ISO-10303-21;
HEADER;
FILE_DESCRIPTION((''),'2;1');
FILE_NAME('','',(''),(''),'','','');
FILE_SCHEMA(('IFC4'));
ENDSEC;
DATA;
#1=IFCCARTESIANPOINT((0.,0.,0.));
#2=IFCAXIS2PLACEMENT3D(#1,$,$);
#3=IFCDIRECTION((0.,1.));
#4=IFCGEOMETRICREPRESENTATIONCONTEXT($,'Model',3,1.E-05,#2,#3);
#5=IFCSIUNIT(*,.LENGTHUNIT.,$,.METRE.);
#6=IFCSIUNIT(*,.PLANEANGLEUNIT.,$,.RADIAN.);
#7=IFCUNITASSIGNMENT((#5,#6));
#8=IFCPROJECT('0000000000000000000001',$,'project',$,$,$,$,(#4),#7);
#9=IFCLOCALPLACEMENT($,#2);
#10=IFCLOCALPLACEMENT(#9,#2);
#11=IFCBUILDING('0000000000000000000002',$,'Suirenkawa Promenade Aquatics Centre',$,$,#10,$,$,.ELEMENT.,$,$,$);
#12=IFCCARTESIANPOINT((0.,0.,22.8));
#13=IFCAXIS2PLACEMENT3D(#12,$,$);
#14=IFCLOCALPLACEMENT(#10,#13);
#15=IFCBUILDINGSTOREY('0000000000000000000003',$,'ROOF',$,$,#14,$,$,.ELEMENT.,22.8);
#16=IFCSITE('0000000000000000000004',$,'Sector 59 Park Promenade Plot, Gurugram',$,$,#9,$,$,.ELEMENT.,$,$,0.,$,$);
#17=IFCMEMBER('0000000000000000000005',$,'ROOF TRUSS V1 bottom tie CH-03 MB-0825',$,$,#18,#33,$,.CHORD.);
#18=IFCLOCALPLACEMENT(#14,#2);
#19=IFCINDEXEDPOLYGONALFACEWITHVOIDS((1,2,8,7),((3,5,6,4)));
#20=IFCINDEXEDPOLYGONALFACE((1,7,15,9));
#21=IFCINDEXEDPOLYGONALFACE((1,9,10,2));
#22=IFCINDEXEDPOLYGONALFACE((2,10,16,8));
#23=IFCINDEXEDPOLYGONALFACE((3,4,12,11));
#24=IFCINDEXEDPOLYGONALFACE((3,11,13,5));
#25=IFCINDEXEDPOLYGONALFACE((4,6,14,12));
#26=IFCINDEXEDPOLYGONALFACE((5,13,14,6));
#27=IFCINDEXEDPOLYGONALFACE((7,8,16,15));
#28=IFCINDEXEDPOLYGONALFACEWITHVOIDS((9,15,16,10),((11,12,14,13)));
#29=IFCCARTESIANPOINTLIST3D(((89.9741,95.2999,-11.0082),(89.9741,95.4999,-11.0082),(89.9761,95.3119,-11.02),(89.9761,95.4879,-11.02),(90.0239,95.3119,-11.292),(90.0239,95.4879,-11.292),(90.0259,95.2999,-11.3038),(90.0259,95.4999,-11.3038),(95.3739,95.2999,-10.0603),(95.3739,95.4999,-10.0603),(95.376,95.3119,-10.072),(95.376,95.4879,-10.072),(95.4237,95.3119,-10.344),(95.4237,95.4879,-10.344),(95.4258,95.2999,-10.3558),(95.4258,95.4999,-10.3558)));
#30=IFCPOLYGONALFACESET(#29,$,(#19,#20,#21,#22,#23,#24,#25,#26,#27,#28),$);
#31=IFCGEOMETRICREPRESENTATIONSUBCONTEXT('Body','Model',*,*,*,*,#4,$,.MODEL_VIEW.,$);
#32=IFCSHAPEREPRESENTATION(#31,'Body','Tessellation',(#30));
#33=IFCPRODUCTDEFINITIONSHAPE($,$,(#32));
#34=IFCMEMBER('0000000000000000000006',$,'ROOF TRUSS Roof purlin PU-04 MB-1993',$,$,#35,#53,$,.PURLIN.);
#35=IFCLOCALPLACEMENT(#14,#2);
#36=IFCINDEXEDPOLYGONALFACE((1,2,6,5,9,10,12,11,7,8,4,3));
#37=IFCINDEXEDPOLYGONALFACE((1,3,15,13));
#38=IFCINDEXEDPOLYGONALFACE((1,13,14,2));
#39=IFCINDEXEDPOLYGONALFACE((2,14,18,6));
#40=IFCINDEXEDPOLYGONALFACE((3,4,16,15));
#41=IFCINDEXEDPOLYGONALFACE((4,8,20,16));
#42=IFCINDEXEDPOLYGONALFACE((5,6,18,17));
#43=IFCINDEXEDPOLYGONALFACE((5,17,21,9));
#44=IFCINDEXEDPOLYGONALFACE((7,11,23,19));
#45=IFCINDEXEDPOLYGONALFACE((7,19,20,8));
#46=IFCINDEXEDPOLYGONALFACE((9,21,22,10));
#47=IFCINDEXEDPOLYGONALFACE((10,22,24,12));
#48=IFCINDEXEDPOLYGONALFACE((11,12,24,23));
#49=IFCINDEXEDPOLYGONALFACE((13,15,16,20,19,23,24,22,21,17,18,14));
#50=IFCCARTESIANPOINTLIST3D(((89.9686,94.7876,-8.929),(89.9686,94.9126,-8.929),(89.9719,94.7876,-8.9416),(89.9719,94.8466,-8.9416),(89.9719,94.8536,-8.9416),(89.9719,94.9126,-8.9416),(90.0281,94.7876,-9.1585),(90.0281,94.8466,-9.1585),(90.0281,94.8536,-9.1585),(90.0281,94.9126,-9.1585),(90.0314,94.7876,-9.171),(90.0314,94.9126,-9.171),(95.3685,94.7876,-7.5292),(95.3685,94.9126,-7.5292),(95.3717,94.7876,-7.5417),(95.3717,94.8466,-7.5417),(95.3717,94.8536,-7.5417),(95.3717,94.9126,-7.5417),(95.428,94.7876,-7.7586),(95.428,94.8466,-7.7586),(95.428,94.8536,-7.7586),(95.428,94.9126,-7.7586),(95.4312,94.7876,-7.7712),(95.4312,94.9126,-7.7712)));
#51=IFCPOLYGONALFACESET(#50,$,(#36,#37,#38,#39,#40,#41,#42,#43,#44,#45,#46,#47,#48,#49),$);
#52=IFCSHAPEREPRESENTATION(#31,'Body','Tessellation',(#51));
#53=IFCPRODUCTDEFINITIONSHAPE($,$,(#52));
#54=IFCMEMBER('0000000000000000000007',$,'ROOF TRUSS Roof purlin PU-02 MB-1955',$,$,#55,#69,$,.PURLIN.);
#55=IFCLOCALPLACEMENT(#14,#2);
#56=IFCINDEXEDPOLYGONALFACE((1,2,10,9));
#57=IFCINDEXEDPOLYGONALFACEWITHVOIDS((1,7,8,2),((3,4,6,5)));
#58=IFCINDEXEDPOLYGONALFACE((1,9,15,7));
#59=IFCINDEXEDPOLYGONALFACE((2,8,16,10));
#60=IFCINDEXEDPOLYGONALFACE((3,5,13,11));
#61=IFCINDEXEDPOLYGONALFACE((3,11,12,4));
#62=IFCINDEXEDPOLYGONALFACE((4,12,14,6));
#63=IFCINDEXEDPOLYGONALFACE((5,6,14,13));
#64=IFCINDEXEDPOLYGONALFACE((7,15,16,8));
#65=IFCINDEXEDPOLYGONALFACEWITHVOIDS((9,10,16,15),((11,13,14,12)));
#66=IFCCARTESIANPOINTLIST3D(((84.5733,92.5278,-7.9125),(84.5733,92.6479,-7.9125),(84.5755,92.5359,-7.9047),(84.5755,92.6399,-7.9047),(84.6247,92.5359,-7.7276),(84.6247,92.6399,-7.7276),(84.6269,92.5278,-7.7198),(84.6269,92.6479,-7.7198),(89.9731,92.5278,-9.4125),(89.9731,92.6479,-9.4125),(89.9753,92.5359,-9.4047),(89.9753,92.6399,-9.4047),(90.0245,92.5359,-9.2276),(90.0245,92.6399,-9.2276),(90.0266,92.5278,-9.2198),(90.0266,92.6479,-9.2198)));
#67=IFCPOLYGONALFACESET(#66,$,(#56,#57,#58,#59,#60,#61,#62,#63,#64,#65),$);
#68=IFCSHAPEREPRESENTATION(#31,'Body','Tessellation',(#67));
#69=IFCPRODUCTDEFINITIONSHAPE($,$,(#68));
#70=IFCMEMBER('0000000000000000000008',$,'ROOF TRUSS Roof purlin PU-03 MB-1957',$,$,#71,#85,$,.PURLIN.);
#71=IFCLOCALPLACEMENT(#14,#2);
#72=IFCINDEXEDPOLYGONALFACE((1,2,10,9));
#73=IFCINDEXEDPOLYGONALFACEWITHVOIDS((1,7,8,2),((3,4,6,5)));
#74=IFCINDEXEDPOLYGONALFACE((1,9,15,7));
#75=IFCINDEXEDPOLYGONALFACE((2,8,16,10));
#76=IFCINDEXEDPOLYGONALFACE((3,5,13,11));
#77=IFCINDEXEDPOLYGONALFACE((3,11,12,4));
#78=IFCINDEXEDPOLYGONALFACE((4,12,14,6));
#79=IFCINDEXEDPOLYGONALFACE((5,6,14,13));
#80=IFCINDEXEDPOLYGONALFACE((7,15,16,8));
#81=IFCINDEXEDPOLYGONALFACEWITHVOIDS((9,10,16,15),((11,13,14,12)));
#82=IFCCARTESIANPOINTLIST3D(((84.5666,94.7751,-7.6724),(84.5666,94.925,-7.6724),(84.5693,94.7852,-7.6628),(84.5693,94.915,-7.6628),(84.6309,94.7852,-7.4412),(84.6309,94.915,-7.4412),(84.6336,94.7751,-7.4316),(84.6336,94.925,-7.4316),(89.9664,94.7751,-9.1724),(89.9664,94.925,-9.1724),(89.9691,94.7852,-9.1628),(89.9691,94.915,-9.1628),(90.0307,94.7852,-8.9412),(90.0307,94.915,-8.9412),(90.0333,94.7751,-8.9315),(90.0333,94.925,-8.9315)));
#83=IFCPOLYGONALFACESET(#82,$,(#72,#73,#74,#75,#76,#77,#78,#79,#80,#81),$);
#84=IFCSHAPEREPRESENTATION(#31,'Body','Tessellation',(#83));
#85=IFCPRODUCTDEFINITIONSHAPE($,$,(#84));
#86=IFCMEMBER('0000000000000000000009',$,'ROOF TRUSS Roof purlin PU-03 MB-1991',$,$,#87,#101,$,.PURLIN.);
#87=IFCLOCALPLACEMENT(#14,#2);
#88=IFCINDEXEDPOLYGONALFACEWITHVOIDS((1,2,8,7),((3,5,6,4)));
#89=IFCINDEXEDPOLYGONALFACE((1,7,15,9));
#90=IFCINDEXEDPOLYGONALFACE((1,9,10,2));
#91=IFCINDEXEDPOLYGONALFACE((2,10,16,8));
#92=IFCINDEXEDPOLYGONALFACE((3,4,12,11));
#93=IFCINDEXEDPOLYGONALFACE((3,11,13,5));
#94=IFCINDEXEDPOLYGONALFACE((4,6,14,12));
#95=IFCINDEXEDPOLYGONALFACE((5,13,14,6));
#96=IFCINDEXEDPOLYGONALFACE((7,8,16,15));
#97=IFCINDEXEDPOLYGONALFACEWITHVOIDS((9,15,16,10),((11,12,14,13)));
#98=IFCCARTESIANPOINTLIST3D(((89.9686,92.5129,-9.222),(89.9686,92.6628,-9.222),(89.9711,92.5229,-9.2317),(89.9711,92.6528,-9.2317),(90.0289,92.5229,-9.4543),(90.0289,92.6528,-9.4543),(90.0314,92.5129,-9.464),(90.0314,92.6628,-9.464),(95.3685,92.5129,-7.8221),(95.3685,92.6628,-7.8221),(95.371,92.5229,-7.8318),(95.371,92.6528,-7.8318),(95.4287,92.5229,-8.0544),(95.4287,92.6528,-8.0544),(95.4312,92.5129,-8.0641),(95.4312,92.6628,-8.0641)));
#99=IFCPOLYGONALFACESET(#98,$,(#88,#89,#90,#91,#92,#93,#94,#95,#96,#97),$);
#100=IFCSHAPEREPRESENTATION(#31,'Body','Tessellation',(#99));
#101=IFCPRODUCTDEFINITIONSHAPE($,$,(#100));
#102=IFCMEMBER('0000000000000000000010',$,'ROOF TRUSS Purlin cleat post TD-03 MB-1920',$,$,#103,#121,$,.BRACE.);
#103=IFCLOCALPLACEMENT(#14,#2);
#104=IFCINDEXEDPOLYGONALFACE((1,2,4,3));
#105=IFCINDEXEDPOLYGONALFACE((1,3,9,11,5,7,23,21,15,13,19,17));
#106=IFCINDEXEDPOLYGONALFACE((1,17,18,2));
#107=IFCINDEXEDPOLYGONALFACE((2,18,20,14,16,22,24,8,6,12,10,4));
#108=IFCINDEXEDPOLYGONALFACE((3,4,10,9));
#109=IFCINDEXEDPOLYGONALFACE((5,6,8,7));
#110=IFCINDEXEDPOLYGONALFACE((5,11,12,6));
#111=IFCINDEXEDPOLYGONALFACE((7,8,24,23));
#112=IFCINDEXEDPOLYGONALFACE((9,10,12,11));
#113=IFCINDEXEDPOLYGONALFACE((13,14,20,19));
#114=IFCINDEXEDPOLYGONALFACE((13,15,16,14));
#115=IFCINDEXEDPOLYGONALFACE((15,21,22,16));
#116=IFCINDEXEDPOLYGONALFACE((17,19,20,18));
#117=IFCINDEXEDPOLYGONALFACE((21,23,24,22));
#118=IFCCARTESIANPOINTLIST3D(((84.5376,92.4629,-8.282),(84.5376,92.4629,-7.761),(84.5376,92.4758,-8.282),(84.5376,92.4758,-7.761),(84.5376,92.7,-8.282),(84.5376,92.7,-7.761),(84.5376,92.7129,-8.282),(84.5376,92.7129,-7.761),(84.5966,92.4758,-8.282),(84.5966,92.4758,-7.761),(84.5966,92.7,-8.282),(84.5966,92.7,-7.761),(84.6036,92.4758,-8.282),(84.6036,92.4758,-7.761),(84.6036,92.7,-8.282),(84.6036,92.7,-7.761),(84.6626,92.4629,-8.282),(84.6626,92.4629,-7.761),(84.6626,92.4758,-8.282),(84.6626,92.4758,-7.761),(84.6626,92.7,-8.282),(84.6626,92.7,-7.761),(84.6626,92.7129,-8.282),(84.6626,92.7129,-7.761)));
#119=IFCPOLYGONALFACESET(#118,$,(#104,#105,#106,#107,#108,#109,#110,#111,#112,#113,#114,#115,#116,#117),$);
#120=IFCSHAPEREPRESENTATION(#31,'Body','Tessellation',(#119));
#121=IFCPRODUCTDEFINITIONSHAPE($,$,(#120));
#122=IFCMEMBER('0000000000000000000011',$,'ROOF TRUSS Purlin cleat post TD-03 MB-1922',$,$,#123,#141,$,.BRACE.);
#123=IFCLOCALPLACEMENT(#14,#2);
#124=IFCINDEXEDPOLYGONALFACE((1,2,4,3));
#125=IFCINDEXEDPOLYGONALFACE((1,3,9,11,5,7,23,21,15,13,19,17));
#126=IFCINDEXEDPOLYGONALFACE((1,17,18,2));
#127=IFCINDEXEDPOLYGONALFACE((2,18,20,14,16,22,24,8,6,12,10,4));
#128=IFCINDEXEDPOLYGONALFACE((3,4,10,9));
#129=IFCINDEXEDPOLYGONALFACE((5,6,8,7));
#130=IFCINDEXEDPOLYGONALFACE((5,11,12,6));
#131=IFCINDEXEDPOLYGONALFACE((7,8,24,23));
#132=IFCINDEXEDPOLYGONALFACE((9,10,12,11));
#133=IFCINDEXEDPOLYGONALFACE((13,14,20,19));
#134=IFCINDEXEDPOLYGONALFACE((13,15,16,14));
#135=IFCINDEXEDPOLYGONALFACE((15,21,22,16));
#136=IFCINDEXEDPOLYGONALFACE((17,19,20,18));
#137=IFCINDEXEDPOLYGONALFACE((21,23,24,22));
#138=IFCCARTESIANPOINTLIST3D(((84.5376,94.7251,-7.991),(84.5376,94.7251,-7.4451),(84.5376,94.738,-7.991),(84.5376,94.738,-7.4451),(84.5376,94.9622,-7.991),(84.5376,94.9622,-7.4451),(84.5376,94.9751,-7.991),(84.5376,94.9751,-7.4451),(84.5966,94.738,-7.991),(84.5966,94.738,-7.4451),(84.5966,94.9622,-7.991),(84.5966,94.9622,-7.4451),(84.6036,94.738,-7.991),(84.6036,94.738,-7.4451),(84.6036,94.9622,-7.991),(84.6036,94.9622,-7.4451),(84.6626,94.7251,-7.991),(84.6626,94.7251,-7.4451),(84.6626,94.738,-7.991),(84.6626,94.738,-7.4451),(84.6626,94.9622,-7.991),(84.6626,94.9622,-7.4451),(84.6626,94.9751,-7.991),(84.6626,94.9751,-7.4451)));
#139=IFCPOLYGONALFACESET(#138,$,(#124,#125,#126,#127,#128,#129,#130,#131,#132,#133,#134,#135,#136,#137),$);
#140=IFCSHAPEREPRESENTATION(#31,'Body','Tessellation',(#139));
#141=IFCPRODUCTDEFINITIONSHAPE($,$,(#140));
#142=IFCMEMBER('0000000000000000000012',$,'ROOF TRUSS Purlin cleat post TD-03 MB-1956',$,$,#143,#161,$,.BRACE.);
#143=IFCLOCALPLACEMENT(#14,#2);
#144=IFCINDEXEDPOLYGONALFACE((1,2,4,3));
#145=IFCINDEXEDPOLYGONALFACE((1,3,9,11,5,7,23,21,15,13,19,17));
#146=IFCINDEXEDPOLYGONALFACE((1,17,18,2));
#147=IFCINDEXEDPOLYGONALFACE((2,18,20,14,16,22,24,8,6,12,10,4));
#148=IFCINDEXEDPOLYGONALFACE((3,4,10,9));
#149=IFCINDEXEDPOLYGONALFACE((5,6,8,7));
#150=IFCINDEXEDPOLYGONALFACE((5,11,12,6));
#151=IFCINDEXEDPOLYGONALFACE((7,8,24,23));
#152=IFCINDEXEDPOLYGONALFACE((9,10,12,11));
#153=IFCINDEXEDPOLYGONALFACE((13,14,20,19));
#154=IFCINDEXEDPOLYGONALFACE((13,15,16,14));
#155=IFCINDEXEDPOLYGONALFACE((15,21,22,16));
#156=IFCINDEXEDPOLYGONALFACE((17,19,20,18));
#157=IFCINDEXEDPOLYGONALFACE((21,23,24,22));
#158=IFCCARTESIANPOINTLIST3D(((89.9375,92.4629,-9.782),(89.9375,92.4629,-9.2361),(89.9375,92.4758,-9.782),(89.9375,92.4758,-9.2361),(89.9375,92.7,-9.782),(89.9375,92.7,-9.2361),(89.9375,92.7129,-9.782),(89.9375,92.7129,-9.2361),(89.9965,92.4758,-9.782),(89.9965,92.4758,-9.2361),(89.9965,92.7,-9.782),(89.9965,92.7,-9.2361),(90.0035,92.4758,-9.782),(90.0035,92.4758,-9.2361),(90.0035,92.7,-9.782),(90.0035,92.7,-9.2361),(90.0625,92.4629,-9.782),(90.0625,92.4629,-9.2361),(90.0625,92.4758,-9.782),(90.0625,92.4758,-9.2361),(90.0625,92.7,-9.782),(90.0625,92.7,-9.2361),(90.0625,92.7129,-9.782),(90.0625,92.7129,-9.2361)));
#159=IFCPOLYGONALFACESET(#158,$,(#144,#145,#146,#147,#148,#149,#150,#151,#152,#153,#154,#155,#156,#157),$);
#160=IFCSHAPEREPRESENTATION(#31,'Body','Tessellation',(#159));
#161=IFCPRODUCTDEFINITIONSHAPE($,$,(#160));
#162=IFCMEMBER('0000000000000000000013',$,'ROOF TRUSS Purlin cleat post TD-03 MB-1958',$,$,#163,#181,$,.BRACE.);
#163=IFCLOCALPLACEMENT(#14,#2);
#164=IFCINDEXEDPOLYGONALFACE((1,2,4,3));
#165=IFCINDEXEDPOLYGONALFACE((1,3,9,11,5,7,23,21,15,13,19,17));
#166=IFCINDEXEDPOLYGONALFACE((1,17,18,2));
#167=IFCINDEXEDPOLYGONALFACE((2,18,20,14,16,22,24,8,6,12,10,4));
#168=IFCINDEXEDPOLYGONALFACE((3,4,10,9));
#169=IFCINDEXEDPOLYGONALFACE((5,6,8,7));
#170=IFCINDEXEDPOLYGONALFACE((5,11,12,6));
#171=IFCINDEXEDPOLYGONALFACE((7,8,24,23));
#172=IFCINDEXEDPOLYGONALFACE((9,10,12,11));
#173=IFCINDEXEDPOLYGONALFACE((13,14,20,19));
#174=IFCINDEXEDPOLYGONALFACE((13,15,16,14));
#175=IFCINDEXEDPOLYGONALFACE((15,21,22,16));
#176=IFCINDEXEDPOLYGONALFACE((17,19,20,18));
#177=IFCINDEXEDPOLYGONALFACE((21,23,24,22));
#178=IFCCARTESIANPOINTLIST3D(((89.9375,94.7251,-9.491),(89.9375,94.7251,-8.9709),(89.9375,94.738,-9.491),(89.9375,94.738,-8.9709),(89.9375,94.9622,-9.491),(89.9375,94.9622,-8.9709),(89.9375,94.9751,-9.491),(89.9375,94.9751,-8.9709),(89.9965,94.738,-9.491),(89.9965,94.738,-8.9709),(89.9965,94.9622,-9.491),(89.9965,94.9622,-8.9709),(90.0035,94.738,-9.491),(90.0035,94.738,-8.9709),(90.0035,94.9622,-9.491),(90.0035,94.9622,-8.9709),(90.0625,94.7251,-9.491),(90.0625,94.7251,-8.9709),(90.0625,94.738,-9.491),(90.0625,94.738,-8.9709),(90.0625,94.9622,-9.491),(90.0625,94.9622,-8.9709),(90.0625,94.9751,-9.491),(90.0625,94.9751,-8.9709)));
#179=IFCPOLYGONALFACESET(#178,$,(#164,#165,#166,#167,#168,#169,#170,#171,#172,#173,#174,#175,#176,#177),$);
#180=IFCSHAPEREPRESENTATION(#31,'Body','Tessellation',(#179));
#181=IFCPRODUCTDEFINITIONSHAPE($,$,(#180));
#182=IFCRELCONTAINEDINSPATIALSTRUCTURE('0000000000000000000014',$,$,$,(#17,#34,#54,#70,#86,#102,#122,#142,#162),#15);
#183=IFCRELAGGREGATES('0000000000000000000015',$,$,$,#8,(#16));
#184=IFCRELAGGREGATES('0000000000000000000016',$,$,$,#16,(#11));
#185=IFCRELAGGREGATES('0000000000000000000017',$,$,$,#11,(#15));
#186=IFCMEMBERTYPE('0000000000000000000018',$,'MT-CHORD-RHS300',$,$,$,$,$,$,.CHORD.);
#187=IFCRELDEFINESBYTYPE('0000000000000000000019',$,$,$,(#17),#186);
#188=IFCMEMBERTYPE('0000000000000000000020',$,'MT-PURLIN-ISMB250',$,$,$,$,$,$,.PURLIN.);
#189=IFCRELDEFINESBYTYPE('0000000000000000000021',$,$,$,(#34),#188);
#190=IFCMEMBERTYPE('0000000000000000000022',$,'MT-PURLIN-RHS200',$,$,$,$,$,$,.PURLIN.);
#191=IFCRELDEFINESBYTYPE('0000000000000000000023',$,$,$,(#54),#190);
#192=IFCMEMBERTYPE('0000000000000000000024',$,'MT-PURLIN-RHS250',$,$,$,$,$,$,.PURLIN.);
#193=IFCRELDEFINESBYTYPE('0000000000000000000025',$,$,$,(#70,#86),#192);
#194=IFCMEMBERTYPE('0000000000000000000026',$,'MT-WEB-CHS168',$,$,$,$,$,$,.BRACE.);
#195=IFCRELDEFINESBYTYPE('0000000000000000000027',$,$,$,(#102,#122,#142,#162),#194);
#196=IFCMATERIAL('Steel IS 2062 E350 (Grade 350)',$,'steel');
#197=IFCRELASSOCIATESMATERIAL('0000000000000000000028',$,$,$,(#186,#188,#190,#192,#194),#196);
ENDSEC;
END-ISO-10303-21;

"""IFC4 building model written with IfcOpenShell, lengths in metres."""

from ifc_helpers import new_model, si_unit, direction, frame, origin, origin_2d, place, context, subcontext, project, spatial, hollow_rectangle, i_section, extrude, material, material_profile, profile_set, type_object, element, save


model = new_model("IFC4")

# Units and contexts
model_context = context("Model", 3, precision=1e-05, world=origin(), true_north=direction((0.0, 1.0)))
body_context = subcontext(model_context, "Body", "Model", "MODEL_VIEW")
ifc_project = project(units=[si_unit("LENGTHUNIT", "METRE"), si_unit("PLANEANGLEUNIT", "RADIAN")], contexts=[model_context])

# Site, building, storey
site_placement = place(None, origin())
site = spatial("IfcSite", under=ifc_project, at=site_placement, Name="Sector 59 Park Promenade Plot, Gurugram", CompositionType="ELEMENT", RefElevation=0.0)
building_placement = place(site_placement, origin())
building = spatial("IfcBuilding", under=site, at=building_placement, Name="Suirenkawa Promenade Aquatics Centre", CompositionType="ELEMENT")
storey_placement = place(building_placement, frame((0.0, 0.0, 22.8)))
storey = spatial("IfcBuildingStorey", under=building, at=storey_placement, Name="ROOF", CompositionType="ELEMENT", Elevation=22.8)

# Shared definitions
ifc_material_1 = material(Name="Steel IS 2062 E350 (Grade 350)", Category="steel")

# Members
ifc_material_profile_1 = material_profile(ifc_material_1, hollow_rectangle(XDim=0.2, YDim=0.3, WallThickness=0.012, at=origin_2d()), Name="RHS 300x200x12", Category="steel")
ifc_profile_set_1 = profile_set([ifc_material_profile_1], Name="Steel IS 2062 E350 (Grade 350)")
member_type_1 = type_object("IfcMemberType", Name="MT-CHORD-RHS300", PredefinedType="CHORD", material=ifc_profile_set_1)
member_1_placement = place(storey_placement, frame((90.0, 95.3999, -11.156), z_axis=(0.984937, 0.0, 0.172914), x_axis=(0.0, 1.0, 0.0)))
element("IfcMember", 1, at=member_1_placement, inside=storey, type_object=member_type_1, Name="ROOF TRUSS V1 bottom tie CH-03 MB-0825", PredefinedType="CHORD", context=body_context, shape_type="SweptSolid", body=[
    extrude(hollow_rectangle(XDim=0.2, YDim=0.3, WallThickness=0.012, at=origin_2d()), origin(), (0.0, 0.0, 1.0), 5.4824),
])
ifc_material_profile_2 = material_profile(ifc_material_1, i_section(OverallWidth=0.125, OverallDepth=0.25, WebThickness=0.0071, FlangeThickness=0.0129, at=origin_2d()), Name="ISMB 250", Category="steel")
ifc_profile_set_2 = profile_set([ifc_material_profile_2], Name="Steel IS 2062 E350 (Grade 350)")
member_type_2 = type_object("IfcMemberType", Name="MT-PURLIN-ISMB250", PredefinedType="PURLIN", material=ifc_profile_set_2)
member_2_placement = place(storey_placement, frame((90.0, 94.8501, -9.05), z_axis=(0.968, 0.0, 0.25095), x_axis=(0.0, 1.0, 0.0)))
element("IfcMember", 2, at=member_2_placement, inside=storey, type_object=member_type_2, Name="ROOF TRUSS Roof purlin PU-04 MB-1993", PredefinedType="PURLIN", context=body_context, shape_type="SweptSolid", body=[
    extrude(i_section(OverallWidth=0.125, OverallDepth=0.25, WebThickness=0.0071, FlangeThickness=0.0129, at=origin_2d()), origin(), (0.0, 0.0, 1.0), 5.5784),
])
ifc_material_profile_3 = material_profile(ifc_material_1, hollow_rectangle(XDim=0.1201, YDim=0.2, WallThickness=0.0081, at=origin_2d()), Name="RHS 200x120x8", Category="steel")
ifc_profile_set_3 = profile_set([ifc_material_profile_3], Name="Steel IS 2062 E350 (Grade 350)")
member_type_3 = type_object("IfcMemberType", Name="MT-PURLIN-RHS200", PredefinedType="PURLIN", material=ifc_profile_set_3)
member_3_placement = place(storey_placement, frame((84.6001, 92.5879, -7.8162), z_axis=(0.963517, 0.0, -0.267648), x_axis=(0.0, 1.0, 0.0)))
element("IfcMember", 3, at=member_3_placement, inside=storey, type_object=member_type_3, Name="ROOF TRUSS Roof purlin PU-02 MB-1955", PredefinedType="PURLIN", context=body_context, shape_type="SweptSolid", body=[
    extrude(hollow_rectangle(XDim=0.1201, YDim=0.2, WallThickness=0.0081, at=origin_2d()), origin(), (0.0, 0.0, 1.0), 5.6042),
])
ifc_material_profile_4 = material_profile(ifc_material_1, hollow_rectangle(XDim=0.1499, YDim=0.25, WallThickness=0.01, at=origin_2d()), Name="RHS 250x150x10", Category="steel")
ifc_profile_set_4 = profile_set([ifc_material_profile_4], Name="Steel IS 2062 E350 (Grade 350)")
member_type_4 = type_object("IfcMemberType", Name="MT-PURLIN-RHS250", PredefinedType="PURLIN", material=ifc_profile_set_4)
member_4_placement = place(storey_placement, frame((84.6001, 94.8501, -7.552), z_axis=(0.963517, 0.0, -0.267648), x_axis=(0.0, 1.0, 0.0)))
element("IfcMember", 4, at=member_4_placement, inside=storey, type_object=member_type_4, Name="ROOF TRUSS Roof purlin PU-03 MB-1957", PredefinedType="PURLIN", context=body_context, shape_type="SweptSolid", body=[
    extrude(hollow_rectangle(XDim=0.1499, YDim=0.25, WallThickness=0.01, at=origin_2d()), origin(), (0.0, 0.0, 1.0), 5.6042),
])
member_5_placement = place(storey_placement, frame((90.0, 92.5879, -9.343), z_axis=(0.968, 0.0, 0.25095), x_axis=(0.0, 1.0, 0.0)))
element("IfcMember", 5, at=member_5_placement, inside=storey, type_object=member_type_4, Name="ROOF TRUSS Roof purlin PU-03 MB-1991", PredefinedType="PURLIN", context=body_context, shape_type="SweptSolid", body=[
    extrude(hollow_rectangle(XDim=0.1499, YDim=0.25, WallThickness=0.01, at=origin_2d()), origin(), (0.0, 0.0, 1.0), 5.5784),
])
ifc_material_profile_5 = material_profile(ifc_material_1, i_section(OverallWidth=0.125, OverallDepth=0.25, WebThickness=0.0071, FlangeThickness=0.0129, at=origin_2d()), Name="ISMB 250", Category="steel")
ifc_profile_set_5 = profile_set([ifc_material_profile_5], Name="Steel IS 2062 E350 (Grade 350)")
member_type_5 = type_object("IfcMemberType", Name="MT-WEB-CHS168", PredefinedType="BRACE", material=ifc_profile_set_5)
member_6_placement = place(storey_placement, frame((84.6001, 92.5879, -8.282), z_axis=(0.0, 0.0, 1.0), x_axis=(1.0, 0.0, 0.0)))
element("IfcMember", 6, at=member_6_placement, inside=storey, type_object=member_type_5, Name="ROOF TRUSS Purlin cleat post TD-03 MB-1920", PredefinedType="BRACE", context=body_context, shape_type="SweptSolid", body=[
    extrude(i_section(OverallWidth=0.125, OverallDepth=0.25, WebThickness=0.0071, FlangeThickness=0.0129, at=origin_2d()), origin(), (0.0, 0.0, 1.0), 0.521),
])
for number, where, z_axis, x_axis, name in (
    (7, (84.6001, 94.8501, -7.991), (0.0, 0.0, 1.0), (1.0, 0.0, 0.0), "ROOF TRUSS Purlin cleat post TD-03 MB-1922"),
    (8, (90.0, 92.5879, -9.782), (0.0, 0.0, 1.0), (1.0, 0.0, 0.0), "ROOF TRUSS Purlin cleat post TD-03 MB-1956"),
):
    element("IfcMember", number, at=place(storey_placement, frame(where, z_axis=z_axis, x_axis=x_axis)), inside=storey, type_object=member_type_5, Name=name, PredefinedType="BRACE", context=body_context, shape_type="SweptSolid", body=[
        extrude(i_section(OverallWidth=0.125, OverallDepth=0.25, WebThickness=0.0071, FlangeThickness=0.0129, at=origin_2d()), origin(), (0.0, 0.0, 1.0), 0.5459),
    ])
member_7_placement = place(storey_placement, frame((90.0, 94.8501, -9.491), z_axis=(0.0, 0.0, 1.0), x_axis=(1.0, 0.0, 0.0)))
element("IfcMember", 9, at=member_7_placement, inside=storey, type_object=member_type_5, Name="ROOF TRUSS Purlin cleat post TD-03 MB-1958", PredefinedType="BRACE", context=body_context, shape_type="SweptSolid", body=[
    extrude(i_section(OverallWidth=0.125, OverallDepth=0.25, WebThickness=0.0071, FlangeThickness=0.0129, at=origin_2d()), origin(), (0.0, 0.0, 1.0), 0.52),
])

save(model, "model.ifc")
